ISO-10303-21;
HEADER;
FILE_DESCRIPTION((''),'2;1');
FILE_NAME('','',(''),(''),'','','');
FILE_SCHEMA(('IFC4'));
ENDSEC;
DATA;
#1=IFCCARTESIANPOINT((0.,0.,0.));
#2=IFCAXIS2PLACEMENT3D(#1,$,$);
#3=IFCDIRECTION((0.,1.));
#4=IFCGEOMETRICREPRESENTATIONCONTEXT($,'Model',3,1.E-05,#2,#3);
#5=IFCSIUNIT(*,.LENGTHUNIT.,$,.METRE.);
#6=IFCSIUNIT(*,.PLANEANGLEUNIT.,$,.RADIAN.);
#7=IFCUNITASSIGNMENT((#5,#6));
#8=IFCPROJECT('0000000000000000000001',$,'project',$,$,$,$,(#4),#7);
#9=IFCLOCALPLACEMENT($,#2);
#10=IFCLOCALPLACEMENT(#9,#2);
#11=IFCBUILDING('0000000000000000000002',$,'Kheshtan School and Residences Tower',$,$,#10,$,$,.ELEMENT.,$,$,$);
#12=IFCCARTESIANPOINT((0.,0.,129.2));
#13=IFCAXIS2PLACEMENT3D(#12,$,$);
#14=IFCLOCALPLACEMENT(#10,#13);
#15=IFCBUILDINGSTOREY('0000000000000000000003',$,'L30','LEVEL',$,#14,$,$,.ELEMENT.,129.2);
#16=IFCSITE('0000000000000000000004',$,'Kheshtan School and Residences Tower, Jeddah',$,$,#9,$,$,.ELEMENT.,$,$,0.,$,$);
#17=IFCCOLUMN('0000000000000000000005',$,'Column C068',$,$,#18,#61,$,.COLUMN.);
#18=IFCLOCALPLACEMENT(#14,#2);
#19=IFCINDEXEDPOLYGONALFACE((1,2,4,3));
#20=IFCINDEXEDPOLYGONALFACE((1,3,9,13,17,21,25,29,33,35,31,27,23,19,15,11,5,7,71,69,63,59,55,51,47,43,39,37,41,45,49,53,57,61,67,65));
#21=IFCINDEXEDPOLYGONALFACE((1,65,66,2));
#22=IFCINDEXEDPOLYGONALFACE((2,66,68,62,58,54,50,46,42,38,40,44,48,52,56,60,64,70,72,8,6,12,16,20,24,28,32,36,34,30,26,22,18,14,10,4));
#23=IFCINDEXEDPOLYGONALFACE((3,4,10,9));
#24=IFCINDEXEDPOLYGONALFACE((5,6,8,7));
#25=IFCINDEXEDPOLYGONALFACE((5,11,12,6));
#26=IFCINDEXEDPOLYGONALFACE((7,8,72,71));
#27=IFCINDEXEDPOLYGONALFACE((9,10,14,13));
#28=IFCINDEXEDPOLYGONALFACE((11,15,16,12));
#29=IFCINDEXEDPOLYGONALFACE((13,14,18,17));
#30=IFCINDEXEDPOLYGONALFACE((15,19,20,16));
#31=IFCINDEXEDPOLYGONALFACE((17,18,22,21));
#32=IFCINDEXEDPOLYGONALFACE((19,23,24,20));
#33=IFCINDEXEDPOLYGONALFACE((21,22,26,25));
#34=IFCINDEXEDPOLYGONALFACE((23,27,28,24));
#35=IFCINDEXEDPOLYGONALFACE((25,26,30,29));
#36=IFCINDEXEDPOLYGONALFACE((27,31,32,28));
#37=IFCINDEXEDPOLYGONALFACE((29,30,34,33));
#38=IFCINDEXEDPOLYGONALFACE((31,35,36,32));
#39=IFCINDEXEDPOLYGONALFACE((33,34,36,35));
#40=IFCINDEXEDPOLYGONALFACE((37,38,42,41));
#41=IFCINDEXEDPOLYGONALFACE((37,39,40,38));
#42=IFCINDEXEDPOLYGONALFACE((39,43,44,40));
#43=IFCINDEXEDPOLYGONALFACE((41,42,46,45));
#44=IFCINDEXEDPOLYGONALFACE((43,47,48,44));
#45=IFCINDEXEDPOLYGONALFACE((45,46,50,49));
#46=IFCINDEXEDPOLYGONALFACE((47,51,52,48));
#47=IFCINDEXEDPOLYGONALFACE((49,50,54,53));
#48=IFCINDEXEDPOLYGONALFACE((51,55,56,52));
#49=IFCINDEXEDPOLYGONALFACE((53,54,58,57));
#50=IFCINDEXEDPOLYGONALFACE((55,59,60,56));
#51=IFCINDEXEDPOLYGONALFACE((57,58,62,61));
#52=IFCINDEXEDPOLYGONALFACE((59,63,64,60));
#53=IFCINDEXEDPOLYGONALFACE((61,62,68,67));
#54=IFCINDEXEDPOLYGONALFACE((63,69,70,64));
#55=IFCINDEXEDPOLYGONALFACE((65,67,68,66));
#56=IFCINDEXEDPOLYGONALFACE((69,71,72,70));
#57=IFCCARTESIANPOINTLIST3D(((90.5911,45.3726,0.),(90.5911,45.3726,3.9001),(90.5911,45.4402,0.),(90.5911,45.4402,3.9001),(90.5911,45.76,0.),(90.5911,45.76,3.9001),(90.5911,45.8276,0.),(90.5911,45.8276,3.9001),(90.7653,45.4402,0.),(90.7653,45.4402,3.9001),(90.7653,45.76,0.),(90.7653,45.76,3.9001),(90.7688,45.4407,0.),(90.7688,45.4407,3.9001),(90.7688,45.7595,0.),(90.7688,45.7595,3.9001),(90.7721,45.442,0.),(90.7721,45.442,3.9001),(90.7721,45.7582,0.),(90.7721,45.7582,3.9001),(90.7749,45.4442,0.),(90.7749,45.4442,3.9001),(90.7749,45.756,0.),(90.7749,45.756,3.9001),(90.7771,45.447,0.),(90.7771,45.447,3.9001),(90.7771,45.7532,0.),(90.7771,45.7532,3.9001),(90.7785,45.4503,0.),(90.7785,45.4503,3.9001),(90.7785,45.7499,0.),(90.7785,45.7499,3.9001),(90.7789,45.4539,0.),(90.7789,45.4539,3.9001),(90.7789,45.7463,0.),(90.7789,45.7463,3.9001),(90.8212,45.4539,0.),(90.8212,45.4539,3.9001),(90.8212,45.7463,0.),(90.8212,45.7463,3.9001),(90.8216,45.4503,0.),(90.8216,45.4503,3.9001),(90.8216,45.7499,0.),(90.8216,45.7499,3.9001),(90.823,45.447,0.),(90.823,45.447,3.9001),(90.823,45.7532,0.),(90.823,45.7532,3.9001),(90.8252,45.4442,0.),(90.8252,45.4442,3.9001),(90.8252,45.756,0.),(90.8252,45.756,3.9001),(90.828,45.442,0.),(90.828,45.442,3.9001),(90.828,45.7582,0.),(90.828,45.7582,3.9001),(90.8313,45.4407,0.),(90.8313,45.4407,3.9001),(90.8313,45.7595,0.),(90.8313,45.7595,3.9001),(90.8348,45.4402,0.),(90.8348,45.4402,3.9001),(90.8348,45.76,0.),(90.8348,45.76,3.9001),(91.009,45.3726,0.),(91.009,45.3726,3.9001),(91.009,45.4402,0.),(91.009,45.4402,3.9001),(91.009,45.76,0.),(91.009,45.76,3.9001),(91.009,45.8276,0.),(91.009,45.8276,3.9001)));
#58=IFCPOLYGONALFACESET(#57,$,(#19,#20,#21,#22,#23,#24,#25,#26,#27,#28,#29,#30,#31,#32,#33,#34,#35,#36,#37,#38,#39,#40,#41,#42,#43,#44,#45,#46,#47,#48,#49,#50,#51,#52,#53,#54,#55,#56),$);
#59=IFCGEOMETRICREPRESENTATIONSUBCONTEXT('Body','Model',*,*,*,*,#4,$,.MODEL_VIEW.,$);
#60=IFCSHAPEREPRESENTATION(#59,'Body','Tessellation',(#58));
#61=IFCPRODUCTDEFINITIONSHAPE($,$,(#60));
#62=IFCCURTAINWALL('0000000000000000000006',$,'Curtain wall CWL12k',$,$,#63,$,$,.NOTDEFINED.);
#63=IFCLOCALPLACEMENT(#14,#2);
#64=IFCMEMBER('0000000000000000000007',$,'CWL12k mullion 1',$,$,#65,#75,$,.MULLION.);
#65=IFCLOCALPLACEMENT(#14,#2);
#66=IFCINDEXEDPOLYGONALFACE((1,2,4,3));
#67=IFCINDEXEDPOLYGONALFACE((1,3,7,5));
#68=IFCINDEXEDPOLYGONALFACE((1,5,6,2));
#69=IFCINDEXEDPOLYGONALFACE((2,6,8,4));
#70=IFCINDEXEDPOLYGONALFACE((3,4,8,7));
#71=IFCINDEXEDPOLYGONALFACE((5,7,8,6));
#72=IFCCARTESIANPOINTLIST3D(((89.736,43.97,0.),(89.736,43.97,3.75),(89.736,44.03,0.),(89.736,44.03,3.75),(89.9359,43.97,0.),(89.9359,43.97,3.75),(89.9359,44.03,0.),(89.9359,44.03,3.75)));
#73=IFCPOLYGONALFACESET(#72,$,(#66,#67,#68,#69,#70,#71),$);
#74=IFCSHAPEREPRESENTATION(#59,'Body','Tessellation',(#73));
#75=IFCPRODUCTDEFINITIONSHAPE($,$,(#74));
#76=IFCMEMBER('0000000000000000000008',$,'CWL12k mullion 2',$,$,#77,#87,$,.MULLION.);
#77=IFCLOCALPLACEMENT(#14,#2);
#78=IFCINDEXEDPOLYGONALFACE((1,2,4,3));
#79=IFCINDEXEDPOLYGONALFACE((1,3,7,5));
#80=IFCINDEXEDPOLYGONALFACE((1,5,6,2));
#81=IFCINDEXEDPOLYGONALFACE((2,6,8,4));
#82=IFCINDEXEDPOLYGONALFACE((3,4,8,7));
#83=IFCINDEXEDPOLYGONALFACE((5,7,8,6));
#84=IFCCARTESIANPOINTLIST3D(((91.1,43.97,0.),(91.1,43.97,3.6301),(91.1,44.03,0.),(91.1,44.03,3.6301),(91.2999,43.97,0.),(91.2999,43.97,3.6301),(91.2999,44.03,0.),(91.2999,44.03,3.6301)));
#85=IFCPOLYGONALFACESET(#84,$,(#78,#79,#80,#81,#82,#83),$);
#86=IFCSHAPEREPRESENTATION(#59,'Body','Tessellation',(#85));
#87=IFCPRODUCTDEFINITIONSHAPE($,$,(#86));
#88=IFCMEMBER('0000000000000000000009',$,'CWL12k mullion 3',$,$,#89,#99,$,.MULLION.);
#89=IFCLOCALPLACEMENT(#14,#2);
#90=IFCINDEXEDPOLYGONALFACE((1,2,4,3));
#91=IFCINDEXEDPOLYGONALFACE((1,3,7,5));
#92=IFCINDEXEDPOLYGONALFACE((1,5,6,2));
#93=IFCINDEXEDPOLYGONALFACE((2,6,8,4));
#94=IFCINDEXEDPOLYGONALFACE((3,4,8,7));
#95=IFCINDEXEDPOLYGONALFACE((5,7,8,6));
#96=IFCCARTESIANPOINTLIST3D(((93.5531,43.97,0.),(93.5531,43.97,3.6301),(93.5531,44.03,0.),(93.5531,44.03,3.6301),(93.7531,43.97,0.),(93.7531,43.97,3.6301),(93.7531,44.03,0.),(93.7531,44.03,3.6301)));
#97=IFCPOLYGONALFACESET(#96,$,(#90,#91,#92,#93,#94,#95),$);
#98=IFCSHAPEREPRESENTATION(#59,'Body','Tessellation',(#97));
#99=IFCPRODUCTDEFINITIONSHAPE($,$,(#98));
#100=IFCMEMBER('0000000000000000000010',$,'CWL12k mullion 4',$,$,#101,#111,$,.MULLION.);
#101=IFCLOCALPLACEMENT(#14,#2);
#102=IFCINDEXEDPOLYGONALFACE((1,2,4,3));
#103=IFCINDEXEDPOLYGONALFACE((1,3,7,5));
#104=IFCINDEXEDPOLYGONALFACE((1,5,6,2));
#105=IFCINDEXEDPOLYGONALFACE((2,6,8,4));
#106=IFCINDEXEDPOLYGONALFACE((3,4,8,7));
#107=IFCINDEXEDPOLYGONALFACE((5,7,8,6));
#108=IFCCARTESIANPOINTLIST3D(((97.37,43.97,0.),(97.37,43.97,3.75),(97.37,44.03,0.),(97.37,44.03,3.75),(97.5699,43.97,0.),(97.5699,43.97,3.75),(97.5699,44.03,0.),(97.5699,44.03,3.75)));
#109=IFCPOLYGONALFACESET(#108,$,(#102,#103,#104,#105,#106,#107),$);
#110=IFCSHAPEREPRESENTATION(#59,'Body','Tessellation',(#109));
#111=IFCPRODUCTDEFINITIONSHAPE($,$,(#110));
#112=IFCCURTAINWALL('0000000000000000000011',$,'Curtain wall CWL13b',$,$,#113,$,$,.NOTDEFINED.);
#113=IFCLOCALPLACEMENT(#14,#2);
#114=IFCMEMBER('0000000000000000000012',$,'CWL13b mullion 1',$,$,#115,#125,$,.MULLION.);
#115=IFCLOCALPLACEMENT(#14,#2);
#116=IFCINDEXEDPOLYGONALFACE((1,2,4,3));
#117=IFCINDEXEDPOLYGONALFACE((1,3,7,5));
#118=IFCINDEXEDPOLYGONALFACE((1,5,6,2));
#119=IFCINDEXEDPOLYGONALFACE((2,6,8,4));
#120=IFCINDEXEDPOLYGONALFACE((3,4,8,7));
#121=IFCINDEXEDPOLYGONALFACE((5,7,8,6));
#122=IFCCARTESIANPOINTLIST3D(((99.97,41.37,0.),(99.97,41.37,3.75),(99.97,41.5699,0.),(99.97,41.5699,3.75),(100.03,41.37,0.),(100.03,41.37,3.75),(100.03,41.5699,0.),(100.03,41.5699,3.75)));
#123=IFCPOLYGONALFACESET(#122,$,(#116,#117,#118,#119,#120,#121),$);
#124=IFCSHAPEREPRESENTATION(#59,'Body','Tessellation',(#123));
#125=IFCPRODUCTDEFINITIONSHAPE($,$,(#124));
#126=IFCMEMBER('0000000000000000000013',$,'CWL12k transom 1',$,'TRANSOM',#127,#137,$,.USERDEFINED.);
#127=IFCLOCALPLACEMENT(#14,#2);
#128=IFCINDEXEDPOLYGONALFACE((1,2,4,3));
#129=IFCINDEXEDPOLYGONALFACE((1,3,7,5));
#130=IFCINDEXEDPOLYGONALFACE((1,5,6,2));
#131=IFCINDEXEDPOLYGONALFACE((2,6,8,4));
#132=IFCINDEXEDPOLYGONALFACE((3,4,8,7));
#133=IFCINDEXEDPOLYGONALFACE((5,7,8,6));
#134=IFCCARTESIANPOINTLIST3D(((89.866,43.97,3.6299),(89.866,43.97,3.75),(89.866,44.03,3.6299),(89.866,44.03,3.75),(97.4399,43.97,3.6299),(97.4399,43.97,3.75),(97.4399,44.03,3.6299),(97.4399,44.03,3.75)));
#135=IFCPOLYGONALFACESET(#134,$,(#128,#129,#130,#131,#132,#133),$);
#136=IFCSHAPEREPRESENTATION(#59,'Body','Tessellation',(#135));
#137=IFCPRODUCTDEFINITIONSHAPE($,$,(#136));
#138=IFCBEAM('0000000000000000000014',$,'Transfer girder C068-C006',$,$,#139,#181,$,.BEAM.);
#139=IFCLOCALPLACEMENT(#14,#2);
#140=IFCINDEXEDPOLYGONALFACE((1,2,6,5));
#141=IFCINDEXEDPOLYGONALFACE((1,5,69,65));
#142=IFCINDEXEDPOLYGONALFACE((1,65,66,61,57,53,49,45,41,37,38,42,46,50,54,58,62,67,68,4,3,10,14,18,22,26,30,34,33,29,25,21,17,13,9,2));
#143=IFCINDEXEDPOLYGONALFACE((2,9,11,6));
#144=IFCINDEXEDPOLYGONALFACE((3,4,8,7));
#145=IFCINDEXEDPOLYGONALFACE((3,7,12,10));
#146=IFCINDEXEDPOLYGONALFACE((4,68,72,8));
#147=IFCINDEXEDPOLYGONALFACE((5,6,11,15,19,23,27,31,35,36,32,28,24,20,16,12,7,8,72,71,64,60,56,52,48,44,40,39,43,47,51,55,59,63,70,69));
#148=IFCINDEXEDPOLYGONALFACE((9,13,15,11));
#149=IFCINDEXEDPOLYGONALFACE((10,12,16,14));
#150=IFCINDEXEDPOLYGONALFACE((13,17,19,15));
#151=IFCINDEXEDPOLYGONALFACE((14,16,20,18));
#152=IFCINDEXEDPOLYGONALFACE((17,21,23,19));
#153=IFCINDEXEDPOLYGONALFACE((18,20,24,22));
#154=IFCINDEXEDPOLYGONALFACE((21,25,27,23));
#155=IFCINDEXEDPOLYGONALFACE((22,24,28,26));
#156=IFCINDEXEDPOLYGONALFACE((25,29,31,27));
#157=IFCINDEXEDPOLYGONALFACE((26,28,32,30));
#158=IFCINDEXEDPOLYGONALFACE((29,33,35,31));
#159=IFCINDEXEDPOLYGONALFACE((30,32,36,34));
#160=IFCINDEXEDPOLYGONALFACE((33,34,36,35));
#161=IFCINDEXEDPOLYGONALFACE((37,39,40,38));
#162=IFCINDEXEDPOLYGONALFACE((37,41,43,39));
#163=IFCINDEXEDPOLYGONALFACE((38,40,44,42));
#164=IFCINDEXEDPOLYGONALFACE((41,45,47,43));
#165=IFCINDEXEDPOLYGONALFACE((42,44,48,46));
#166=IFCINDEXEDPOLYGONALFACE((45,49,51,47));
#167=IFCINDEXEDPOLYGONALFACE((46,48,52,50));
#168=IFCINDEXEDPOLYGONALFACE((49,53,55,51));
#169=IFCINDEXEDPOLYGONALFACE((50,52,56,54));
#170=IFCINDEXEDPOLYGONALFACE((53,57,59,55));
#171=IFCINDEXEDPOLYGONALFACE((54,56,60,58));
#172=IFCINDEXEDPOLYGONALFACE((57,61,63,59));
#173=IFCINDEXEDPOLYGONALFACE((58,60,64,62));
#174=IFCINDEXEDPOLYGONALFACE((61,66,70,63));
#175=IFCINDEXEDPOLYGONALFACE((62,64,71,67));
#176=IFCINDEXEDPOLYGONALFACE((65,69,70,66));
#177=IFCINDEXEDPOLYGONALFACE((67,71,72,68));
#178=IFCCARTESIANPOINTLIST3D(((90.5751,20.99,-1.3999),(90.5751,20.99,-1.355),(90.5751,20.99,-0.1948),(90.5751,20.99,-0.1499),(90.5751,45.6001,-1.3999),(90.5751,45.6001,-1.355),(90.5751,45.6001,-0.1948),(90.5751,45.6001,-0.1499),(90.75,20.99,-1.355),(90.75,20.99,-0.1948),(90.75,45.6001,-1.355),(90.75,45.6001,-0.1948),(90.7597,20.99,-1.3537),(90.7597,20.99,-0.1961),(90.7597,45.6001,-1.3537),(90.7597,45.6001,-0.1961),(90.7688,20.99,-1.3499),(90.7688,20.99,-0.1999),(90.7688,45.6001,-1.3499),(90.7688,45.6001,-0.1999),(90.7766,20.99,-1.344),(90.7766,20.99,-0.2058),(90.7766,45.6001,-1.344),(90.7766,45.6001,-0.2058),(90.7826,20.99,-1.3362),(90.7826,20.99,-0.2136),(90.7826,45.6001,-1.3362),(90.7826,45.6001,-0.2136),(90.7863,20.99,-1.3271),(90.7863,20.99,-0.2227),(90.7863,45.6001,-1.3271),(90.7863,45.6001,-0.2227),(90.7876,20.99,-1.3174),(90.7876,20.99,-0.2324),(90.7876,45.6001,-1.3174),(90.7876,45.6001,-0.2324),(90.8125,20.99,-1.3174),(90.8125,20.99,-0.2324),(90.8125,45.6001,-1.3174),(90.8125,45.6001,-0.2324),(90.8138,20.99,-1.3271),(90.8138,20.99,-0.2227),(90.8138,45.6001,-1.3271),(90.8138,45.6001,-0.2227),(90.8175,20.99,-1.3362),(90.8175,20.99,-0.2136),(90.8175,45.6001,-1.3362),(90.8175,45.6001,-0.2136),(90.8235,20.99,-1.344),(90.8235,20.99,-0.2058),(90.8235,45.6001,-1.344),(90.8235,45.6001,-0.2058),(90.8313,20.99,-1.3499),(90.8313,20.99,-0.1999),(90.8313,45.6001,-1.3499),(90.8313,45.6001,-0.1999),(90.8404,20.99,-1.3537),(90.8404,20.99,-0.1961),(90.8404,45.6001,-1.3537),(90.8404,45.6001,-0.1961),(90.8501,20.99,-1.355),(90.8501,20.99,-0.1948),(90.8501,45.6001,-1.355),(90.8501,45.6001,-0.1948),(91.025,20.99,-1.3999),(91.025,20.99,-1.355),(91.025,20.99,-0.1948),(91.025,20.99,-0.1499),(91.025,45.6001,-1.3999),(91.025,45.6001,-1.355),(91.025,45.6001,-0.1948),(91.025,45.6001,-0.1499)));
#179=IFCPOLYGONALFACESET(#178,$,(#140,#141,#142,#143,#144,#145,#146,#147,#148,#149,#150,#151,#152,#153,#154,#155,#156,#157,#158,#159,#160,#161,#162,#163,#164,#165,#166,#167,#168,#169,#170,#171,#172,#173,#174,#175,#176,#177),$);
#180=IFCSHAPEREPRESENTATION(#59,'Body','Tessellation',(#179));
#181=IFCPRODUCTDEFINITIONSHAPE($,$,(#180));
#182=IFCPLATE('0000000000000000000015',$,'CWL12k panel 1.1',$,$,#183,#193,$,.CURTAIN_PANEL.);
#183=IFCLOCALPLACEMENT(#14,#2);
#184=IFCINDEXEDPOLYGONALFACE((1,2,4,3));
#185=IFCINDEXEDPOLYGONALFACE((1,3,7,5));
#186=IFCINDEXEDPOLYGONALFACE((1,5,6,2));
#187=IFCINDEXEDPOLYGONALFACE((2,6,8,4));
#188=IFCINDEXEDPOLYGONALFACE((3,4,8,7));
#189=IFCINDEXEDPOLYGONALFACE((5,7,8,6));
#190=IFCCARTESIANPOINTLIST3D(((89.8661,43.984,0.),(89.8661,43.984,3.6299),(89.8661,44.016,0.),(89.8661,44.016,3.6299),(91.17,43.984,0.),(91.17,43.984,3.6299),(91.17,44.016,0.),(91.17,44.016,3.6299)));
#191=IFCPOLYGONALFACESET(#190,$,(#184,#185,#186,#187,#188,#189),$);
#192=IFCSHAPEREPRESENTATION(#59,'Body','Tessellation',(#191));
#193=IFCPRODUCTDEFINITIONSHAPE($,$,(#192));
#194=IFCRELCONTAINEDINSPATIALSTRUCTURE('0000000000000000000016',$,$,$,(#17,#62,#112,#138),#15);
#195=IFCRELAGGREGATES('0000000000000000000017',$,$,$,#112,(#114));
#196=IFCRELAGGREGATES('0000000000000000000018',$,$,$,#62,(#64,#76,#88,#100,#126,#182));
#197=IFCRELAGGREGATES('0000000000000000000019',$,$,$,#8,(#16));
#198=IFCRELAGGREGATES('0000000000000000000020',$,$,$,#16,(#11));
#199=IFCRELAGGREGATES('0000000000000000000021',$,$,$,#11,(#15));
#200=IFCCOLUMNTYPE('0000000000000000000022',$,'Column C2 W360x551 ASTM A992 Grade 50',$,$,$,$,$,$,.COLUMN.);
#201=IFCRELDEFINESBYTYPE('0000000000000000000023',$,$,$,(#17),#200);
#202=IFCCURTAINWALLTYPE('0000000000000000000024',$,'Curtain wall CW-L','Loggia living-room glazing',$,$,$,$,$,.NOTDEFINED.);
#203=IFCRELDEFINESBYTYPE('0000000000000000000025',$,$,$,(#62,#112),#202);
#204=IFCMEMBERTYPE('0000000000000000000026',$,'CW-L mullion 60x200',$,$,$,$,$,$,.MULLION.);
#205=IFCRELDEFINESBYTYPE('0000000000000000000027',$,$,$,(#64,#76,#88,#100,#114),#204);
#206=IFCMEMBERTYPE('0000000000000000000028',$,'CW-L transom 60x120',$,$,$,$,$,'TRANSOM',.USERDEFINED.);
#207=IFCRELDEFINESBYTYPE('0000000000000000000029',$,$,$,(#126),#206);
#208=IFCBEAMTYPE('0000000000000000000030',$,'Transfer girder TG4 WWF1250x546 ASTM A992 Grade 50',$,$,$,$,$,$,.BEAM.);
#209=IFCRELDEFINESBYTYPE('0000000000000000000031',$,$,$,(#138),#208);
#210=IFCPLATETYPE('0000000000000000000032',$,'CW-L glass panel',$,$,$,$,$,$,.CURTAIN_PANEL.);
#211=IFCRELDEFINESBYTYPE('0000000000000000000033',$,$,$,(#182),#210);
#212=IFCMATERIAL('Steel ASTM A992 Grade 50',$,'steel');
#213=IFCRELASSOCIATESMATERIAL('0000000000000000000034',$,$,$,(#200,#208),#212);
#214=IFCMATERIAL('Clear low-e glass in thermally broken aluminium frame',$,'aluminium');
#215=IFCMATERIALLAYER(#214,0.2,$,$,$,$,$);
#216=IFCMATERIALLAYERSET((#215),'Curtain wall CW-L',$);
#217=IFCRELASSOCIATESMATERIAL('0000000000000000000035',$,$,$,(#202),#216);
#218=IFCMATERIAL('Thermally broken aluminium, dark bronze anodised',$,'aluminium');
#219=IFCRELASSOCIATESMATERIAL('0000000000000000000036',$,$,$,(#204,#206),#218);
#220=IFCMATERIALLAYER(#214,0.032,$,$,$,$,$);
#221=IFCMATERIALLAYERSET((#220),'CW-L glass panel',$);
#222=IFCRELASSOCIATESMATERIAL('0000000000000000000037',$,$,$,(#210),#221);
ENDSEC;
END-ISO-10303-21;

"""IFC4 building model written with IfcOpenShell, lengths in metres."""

from ifc_helpers import new_model, si_unit, direction, frame, origin, origin_2d, place, context, subcontext, project, spatial, rectangle, i_section, extrude, material, layer, layer_set, material_profile, profile_set, type_object, element, aggregate, save


model = new_model("IFC4")

# Units and contexts
model_context = context("Model", 3, precision=1e-05, world=origin(), true_north=direction((0.0, 1.0)))
body_context = subcontext(model_context, "Body", "Model", "MODEL_VIEW")
ifc_project = project(units=[si_unit("LENGTHUNIT", "METRE"), si_unit("PLANEANGLEUNIT", "RADIAN")], contexts=[model_context])

# Site, building, storey
site_placement = place(None, origin())
site = spatial("IfcSite", under=ifc_project, at=site_placement, Name="Kheshtan School and Residences Tower, Jeddah", CompositionType="ELEMENT", RefElevation=0.0)
building_placement = place(site_placement, origin())
building = spatial("IfcBuilding", under=site, at=building_placement, Name="Kheshtan School and Residences Tower", CompositionType="ELEMENT")
storey_placement = place(building_placement, frame((0.0, 0.0, 129.2)))
storey = spatial("IfcBuildingStorey", under=building, at=storey_placement, Name="L30", Description="LEVEL", CompositionType="ELEMENT", Elevation=129.2)

# Column
ifc_material_1 = material(Name="Steel ASTM A992 Grade 50", Category="steel")
ifc_material_profile_1 = material_profile(ifc_material_1, i_section(OverallWidth=0.418, OverallDepth=0.4551, WebThickness=0.0422, FlangeThickness=0.0676, FilletRadius=0.0137, at=origin_2d()), Name="W360x551")
ifc_profile_set_1 = profile_set([ifc_material_profile_1], Name="Steel ASTM A992 Grade 50")
column_type = type_object("IfcColumnType", Name="Column C2 W360x551 ASTM A992 Grade 50", PredefinedType="COLUMN", material=ifc_profile_set_1)
column_placement = place(storey_placement, frame((90.8, 45.6001, 0.0), z_axis=(0.0, 0.0, 1.0), x_axis=(1.0, 0.0, 0.0)))
element("IfcColumn", 1, at=column_placement, inside=storey, type_object=column_type, Name="Column C068", PredefinedType="COLUMN", context=body_context, shape_type="SweptSolid", body=[
    extrude(i_section(OverallWidth=0.418, OverallDepth=0.4551, WebThickness=0.0422, FlangeThickness=0.0676, FilletRadius=0.0137, at=origin_2d()), origin(), (0.0, 0.0, 1.0), 3.9001),
])

# Curtain wall, members
ifc_material_2 = material(Name="Clear low-e glass in thermally broken aluminium frame", Category="aluminium")
ifc_layer_1 = layer(ifc_material_2, 0.2)
ifc_layer_set_1 = layer_set([ifc_layer_1], Name="Curtain wall CW-L")
curtain_wall_type = type_object("IfcCurtainWallType", Name="Curtain wall CW-L", Description="Loggia living-room glazing", PredefinedType="NOTDEFINED", material=ifc_layer_set_1)
curtain_wall_1_placement = place(storey_placement, origin())
curtain_wall_1 = element("IfcCurtainWall", 2, at=curtain_wall_1_placement, inside=storey, type_object=curtain_wall_type, Name="Curtain wall CWL12k", PredefinedType="NOTDEFINED")
ifc_material_3 = material(Name="Thermally broken aluminium, dark bronze anodised", Category="aluminium")
ifc_material_profile_2 = material_profile(ifc_material_3, rectangle(XDim=0.0601, YDim=0.2, at=origin_2d()), Name="CW-L mullion 60x200")
ifc_profile_set_2 = profile_set([ifc_material_profile_2], Name="Thermally broken aluminium, dark bronze anodised")
member_type_1 = type_object("IfcMemberType", Name="CW-L mullion 60x200", PredefinedType="MULLION", material=ifc_profile_set_2)
member_1_placement = place(storey_placement, frame((89.8359, 44.0, 0.0), z_axis=(0.0, 0.0, 1.0), x_axis=(0.0, 1.0, 0.0)))
member_1 = element("IfcMember", 3, at=member_1_placement, type_object=member_type_1, Name="CWL12k mullion 1", PredefinedType="MULLION", context=body_context, shape_type="SweptSolid", body=[
    extrude(rectangle(XDim=0.0601, YDim=0.2, at=origin_2d()), origin(), (0.0, 0.0, 1.0), 3.75),
])
member_2_placement = place(storey_placement, frame((91.2, 44.0, 0.0), z_axis=(0.0, 0.0, 1.0), x_axis=(0.0, 1.0, 0.0)))
member_2 = element("IfcMember", 4, at=member_2_placement, type_object=member_type_1, Name="CWL12k mullion 2", PredefinedType="MULLION", context=body_context, shape_type="SweptSolid", body=[
    extrude(rectangle(XDim=0.0601, YDim=0.2, at=origin_2d()), origin(), (0.0, 0.0, 1.0), 3.6301),
])
member_3_placement = place(storey_placement, frame((93.6531, 44.0, 0.0), z_axis=(0.0, 0.0, 1.0), x_axis=(0.0, 1.0, 0.0)))
member_3 = element("IfcMember", 5, at=member_3_placement, type_object=member_type_1, Name="CWL12k mullion 3", PredefinedType="MULLION", context=body_context, shape_type="SweptSolid", body=[
    extrude(rectangle(XDim=0.0601, YDim=0.2, at=origin_2d()), origin(), (0.0, 0.0, 1.0), 3.6301),
])
member_4_placement = place(storey_placement, frame((97.47, 44.0, 0.0), z_axis=(0.0, 0.0, 1.0), x_axis=(0.0, 1.0, 0.0)))
member_4 = element("IfcMember", 6, at=member_4_placement, type_object=member_type_1, Name="CWL12k mullion 4", PredefinedType="MULLION", context=body_context, shape_type="SweptSolid", body=[
    extrude(rectangle(XDim=0.0601, YDim=0.2, at=origin_2d()), origin(), (0.0, 0.0, 1.0), 3.75),
])

# Curtain wall, member
curtain_wall_2_placement = place(storey_placement, origin())
curtain_wall_2 = element("IfcCurtainWall", 7, at=curtain_wall_2_placement, inside=storey, type_object=curtain_wall_type, Name="Curtain wall CWL13b", PredefinedType="NOTDEFINED")
member_5_placement = place(storey_placement, frame((100.0, 41.47, 0.0), z_axis=(0.0, 0.0, 1.0), x_axis=(1.0, 0.0, 0.0)))
member_5 = element("IfcMember", 8, at=member_5_placement, type_object=member_type_1, Name="CWL13b mullion 1", PredefinedType="MULLION", context=body_context, shape_type="SweptSolid", body=[
    extrude(rectangle(XDim=0.0601, YDim=0.2, at=origin_2d()), origin(), (0.0, 0.0, 1.0), 3.75),
])
aggregate(curtain_wall_2, [member_5])

# Member
ifc_material_profile_3 = material_profile(ifc_material_3, rectangle(XDim=0.0601, YDim=0.1201, at=origin_2d()), Name="CW-L transom 60x120")
ifc_profile_set_3 = profile_set([ifc_material_profile_3], Name="Thermally broken aluminium, dark bronze anodised")
member_type_2 = type_object("IfcMemberType", Name="CW-L transom 60x120", ElementType="TRANSOM", PredefinedType="USERDEFINED", material=ifc_profile_set_3)
member_6_placement = place(storey_placement, frame((89.866, 44.0, 3.6899), z_axis=(1.0, 0.0, 0.0), x_axis=(0.0, 1.0, 0.0)))
member_6 = element("IfcMember", 9, at=member_6_placement, type_object=member_type_2, Name="CWL12k transom 1", ObjectType="TRANSOM", PredefinedType="USERDEFINED", context=body_context, shape_type="SweptSolid", body=[
    extrude(rectangle(XDim=0.0601, YDim=0.1201, at=origin_2d()), origin(), (0.0, 0.0, 1.0), 7.574),
])

# Beam
ifc_material_profile_4 = material_profile(ifc_material_1, i_section(OverallWidth=0.45, OverallDepth=1.25, WebThickness=0.0249, FlangeThickness=0.0449, FilletRadius=0.0376, at=origin_2d()), Name="WWF1250x546")
ifc_profile_set_4 = profile_set([ifc_material_profile_4], Name="Steel ASTM A992 Grade 50")
beam_type = type_object("IfcBeamType", Name="Transfer girder TG4 WWF1250x546 ASTM A992 Grade 50", PredefinedType="BEAM", material=ifc_profile_set_4)
beam_placement = place(storey_placement, frame((90.8, 45.6001, -0.7749), z_axis=(0.0, -1.0, 0.0), x_axis=(1.0, 0.0, 0.0)))
element("IfcBeam", 10, at=beam_placement, inside=storey, type_object=beam_type, Name="Transfer girder C068-C006", PredefinedType="BEAM", context=body_context, shape_type="SweptSolid", body=[
    extrude(i_section(OverallWidth=0.45, OverallDepth=1.25, WebThickness=0.0249, FlangeThickness=0.0449, FilletRadius=0.0376, at=origin_2d()), origin(), (0.0, 0.0, 1.0), 24.6101),
])

# Plate
ifc_layer_2 = layer(ifc_material_2, 0.032)
ifc_layer_set_2 = layer_set([ifc_layer_2], Name="CW-L glass panel")
plate_type = type_object("IfcPlateType", Name="CW-L glass panel", PredefinedType="CURTAIN_PANEL", material=ifc_layer_set_2)
plate_1_placement = place(storey_placement, frame((90.5181, 44.0, 0.0), z_axis=(0.0, 0.0, 1.0), x_axis=(1.0, 0.0, 0.0)))
plate_1 = element("IfcPlate", 11, at=plate_1_placement, type_object=plate_type, Name="CWL12k panel 1.1", PredefinedType="CURTAIN_PANEL", context=body_context, shape_type="SweptSolid", body=[
    extrude(rectangle(XDim=1.304, YDim=0.032, at=origin_2d()), origin(), (0.0, 0.0, 1.0), 3.6299),
])
aggregate(curtain_wall_1, [member_1, member_2, member_3, member_4, member_6, plate_1])

save(model, "model.ifc")
